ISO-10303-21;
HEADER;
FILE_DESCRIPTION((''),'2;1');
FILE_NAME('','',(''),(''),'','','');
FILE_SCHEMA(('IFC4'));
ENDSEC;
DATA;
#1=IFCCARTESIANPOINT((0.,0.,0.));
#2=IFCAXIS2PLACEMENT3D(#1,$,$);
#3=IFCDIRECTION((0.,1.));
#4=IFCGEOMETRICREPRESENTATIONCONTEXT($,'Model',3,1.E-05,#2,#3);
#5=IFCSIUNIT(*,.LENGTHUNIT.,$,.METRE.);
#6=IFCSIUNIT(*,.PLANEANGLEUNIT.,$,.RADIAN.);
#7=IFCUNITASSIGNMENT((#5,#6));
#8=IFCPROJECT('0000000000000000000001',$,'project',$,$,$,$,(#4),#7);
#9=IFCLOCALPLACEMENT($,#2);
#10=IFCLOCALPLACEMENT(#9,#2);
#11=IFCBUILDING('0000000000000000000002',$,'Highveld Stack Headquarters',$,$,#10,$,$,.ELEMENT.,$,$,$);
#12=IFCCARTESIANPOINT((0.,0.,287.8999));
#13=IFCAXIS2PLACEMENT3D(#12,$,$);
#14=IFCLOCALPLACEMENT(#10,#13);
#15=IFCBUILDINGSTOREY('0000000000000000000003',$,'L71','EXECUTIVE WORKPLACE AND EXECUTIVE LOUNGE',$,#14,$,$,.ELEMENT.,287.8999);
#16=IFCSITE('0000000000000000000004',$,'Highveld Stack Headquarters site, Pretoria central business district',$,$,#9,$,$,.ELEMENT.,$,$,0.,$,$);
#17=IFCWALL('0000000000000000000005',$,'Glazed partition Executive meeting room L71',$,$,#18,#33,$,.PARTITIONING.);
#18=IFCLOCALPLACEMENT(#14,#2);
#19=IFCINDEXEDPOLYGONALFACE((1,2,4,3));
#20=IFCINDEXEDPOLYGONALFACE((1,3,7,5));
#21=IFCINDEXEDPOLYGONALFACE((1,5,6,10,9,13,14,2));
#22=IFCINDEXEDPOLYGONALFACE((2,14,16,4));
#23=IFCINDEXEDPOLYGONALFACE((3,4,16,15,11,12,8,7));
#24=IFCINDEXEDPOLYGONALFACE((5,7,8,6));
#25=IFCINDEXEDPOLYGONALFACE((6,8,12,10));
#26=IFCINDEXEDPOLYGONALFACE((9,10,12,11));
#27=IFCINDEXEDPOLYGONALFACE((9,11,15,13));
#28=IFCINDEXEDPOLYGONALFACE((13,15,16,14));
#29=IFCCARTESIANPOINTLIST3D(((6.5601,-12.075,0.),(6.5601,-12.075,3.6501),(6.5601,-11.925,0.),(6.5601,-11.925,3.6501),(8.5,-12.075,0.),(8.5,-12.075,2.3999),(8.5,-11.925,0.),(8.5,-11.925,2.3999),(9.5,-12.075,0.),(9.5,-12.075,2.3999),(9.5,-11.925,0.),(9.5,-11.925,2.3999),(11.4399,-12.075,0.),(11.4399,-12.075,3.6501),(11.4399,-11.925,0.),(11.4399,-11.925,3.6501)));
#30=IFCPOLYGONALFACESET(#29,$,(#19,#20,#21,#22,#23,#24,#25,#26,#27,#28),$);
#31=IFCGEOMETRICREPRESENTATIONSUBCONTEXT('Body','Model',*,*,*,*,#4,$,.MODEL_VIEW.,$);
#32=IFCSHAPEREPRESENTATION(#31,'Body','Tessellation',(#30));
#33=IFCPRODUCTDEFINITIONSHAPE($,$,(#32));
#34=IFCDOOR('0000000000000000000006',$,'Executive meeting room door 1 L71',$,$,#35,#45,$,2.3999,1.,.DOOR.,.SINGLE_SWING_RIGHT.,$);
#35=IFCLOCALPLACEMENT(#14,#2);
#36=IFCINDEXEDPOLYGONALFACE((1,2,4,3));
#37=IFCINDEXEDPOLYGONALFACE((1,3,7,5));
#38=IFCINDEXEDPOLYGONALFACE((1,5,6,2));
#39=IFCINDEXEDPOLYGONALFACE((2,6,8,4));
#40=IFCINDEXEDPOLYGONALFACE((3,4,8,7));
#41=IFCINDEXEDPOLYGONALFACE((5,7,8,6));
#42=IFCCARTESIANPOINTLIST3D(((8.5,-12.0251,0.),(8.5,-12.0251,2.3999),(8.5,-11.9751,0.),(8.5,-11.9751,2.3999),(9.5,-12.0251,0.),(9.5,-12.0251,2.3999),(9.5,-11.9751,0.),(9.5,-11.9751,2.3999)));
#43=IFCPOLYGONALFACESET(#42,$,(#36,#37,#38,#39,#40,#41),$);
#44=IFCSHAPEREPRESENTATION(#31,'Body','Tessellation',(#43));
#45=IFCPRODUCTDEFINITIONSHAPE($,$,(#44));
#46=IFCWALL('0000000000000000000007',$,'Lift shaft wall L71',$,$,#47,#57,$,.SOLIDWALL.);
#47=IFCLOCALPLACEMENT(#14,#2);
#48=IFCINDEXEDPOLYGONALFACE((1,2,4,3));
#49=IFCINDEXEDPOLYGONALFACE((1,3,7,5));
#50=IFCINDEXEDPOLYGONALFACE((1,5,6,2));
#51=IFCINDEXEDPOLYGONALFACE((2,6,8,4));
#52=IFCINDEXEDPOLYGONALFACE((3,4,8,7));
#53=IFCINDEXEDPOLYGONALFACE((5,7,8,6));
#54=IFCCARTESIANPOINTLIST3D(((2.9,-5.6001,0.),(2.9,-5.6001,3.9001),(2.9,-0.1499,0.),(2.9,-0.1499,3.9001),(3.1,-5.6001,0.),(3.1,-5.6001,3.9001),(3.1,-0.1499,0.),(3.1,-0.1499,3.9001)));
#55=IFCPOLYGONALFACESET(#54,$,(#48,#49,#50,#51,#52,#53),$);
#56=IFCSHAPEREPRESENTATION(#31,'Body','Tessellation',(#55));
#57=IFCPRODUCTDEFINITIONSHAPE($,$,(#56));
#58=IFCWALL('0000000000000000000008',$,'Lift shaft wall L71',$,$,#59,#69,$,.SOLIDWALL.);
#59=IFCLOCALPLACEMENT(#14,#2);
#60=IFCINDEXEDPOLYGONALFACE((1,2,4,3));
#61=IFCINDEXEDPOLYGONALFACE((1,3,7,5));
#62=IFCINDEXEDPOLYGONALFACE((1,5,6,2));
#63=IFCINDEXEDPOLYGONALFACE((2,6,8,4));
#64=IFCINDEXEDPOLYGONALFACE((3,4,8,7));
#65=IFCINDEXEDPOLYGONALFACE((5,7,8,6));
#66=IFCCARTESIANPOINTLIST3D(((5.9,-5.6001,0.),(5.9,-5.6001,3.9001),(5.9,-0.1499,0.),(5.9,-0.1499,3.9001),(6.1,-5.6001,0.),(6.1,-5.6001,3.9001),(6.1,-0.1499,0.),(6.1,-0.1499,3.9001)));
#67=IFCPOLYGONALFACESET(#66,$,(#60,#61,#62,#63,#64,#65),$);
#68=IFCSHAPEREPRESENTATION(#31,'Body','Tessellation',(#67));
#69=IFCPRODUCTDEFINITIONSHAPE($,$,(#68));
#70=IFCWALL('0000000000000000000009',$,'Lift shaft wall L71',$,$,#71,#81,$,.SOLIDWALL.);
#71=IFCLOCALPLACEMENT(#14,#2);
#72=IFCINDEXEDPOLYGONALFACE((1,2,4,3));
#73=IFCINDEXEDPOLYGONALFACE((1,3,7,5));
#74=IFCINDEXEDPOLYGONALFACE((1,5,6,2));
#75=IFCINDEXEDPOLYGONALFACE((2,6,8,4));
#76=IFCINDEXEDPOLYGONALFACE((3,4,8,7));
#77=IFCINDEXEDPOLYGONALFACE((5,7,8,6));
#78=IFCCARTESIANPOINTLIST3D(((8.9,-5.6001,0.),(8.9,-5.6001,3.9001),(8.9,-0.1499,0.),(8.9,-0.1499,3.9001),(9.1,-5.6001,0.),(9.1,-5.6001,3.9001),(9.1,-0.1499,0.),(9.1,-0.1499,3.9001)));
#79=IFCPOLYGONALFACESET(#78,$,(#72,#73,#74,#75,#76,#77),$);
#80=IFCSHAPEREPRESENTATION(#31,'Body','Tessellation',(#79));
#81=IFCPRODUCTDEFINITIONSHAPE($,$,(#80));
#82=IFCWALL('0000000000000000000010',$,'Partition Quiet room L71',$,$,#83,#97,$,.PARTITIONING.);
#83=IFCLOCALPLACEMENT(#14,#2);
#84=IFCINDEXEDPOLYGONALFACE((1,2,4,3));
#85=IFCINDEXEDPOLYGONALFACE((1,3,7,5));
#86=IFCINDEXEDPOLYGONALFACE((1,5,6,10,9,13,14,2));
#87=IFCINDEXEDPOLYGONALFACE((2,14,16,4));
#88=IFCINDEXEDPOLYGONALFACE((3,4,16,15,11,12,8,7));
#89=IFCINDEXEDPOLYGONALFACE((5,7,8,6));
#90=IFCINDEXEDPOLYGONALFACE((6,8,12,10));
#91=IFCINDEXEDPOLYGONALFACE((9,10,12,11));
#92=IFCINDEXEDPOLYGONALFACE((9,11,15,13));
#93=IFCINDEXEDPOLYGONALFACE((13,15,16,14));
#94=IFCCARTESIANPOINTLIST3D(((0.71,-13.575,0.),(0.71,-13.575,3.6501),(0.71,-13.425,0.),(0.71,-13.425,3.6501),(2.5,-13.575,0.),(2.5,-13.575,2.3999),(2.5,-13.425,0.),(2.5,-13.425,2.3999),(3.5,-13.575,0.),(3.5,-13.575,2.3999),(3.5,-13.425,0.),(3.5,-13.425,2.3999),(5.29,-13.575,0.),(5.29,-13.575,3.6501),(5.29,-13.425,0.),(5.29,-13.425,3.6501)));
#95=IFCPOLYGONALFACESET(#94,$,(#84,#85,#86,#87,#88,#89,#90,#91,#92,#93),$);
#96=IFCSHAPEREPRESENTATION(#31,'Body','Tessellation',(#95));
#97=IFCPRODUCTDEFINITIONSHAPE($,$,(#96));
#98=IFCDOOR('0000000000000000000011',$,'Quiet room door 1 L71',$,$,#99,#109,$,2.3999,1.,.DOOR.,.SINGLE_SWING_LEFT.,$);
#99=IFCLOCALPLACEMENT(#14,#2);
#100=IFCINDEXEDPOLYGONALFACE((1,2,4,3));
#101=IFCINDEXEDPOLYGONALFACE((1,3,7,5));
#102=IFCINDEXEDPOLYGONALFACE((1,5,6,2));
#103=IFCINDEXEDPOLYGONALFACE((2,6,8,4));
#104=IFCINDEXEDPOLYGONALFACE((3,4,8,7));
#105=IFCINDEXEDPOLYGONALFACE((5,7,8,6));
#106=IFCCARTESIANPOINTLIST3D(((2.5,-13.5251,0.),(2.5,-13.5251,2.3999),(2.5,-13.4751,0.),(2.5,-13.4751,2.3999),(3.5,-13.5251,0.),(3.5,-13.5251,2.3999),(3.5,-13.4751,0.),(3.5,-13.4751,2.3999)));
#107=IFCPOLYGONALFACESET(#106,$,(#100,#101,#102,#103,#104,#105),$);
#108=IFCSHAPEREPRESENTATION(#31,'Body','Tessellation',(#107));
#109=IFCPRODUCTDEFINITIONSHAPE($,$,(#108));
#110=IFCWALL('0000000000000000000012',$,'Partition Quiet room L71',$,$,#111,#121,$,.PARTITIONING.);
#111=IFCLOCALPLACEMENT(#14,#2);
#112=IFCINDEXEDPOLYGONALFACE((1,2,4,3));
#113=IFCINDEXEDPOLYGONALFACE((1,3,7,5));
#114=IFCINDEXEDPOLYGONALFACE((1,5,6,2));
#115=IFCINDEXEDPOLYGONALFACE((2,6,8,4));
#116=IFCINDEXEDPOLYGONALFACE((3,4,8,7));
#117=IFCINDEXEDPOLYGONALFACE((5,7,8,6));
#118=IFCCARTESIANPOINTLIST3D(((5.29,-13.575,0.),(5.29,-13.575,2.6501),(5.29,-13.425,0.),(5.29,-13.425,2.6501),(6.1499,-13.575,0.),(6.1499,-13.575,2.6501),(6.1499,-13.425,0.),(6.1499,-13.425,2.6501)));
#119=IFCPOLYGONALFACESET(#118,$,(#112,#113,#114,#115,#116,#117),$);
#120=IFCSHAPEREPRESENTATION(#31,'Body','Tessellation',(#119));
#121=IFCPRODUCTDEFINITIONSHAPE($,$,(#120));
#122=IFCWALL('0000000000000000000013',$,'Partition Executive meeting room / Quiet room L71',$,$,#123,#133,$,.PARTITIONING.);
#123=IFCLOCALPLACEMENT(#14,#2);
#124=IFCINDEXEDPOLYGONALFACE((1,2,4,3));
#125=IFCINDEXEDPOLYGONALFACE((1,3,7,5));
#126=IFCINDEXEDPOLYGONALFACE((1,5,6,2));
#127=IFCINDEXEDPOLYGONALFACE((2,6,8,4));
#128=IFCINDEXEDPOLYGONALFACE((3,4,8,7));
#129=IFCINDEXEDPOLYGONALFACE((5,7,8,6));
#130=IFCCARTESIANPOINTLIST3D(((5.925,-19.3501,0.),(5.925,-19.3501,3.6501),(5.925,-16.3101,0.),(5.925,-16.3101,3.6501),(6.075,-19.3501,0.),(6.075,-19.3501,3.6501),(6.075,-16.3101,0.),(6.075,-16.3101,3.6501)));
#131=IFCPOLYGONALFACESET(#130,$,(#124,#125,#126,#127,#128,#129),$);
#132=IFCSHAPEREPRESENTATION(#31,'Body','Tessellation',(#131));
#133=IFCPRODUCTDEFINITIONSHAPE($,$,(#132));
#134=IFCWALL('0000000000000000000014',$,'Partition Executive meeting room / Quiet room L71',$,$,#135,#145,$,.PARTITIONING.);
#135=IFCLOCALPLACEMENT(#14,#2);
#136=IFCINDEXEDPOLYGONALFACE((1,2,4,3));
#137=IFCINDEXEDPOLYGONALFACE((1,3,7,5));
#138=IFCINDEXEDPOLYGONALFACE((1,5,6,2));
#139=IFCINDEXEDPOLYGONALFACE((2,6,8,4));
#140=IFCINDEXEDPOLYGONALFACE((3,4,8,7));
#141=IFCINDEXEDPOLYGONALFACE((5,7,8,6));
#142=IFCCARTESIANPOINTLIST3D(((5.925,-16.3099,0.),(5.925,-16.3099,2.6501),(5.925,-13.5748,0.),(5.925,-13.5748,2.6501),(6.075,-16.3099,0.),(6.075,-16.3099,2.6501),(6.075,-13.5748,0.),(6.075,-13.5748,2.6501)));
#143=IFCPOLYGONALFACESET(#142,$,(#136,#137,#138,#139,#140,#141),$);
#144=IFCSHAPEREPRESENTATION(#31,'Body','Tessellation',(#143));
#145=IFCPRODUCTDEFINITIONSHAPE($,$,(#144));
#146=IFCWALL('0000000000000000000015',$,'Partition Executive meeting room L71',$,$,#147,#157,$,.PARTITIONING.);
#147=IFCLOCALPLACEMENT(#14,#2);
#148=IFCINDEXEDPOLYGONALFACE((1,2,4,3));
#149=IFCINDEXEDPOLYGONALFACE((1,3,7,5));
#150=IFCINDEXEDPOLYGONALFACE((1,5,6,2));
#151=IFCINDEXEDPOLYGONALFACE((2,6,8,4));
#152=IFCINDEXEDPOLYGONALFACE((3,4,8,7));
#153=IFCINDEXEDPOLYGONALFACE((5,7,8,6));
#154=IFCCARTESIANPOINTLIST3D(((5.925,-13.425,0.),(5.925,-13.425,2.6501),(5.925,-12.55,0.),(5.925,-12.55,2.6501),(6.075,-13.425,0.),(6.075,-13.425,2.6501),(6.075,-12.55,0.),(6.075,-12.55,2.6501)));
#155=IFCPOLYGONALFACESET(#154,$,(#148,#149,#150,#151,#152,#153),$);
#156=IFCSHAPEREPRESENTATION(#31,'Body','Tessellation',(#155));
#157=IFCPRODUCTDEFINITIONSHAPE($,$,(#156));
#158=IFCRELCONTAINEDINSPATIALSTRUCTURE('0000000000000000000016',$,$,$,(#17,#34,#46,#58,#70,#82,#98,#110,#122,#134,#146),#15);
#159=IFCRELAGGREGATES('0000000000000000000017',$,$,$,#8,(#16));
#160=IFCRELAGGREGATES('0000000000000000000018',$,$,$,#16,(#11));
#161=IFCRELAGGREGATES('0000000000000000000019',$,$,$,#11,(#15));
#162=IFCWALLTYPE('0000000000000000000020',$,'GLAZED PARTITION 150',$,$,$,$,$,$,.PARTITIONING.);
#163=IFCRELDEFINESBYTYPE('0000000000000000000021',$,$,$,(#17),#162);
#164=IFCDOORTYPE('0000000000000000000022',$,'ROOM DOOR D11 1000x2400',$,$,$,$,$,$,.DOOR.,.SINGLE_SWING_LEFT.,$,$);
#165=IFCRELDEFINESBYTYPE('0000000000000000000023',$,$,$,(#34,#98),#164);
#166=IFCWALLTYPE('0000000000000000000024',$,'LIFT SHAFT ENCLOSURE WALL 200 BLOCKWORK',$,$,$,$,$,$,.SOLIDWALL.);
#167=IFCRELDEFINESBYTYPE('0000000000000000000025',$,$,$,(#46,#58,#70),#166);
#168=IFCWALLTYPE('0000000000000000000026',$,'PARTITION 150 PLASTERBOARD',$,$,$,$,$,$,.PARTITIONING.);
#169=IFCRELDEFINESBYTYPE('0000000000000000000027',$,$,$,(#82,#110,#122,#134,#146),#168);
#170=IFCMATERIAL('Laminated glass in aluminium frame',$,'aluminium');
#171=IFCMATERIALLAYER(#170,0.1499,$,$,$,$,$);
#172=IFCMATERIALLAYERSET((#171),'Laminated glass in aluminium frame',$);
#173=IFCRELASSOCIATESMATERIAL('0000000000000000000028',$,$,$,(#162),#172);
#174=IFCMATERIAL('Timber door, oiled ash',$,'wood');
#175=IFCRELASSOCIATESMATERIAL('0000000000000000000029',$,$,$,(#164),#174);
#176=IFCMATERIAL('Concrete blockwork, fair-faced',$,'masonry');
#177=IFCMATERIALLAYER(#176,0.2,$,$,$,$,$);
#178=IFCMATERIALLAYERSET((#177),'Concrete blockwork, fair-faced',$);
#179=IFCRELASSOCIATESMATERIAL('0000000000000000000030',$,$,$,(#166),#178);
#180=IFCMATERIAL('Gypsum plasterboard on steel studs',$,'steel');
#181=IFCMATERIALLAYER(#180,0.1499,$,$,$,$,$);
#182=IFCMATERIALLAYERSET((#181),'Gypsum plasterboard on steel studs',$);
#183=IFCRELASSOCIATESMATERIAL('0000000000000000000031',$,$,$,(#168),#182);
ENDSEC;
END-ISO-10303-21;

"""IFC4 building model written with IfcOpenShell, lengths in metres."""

from ifc_helpers import new_model, si_unit, direction, frame, frame_2d, origin, place, context, subcontext, project, spatial, rectangle, extrude, material, layer, layer_set, type_object, element, fill, save


model = new_model("IFC4")

# Units and contexts
model_context = context("Model", 3, precision=1e-05, world=origin(), true_north=direction((0.0, 1.0)))
body_context = subcontext(model_context, "Body", "Model", "MODEL_VIEW")
ifc_project = project(units=[si_unit("LENGTHUNIT", "METRE"), si_unit("PLANEANGLEUNIT", "RADIAN")], contexts=[model_context])

# Site, building, storey
site_placement = place(None, origin())
site = spatial("IfcSite", under=ifc_project, at=site_placement, Name="Highveld Stack Headquarters site, Pretoria central business district", CompositionType="ELEMENT", RefElevation=0.0)
building_placement = place(site_placement, origin())
building = spatial("IfcBuilding", under=site, at=building_placement, Name="Highveld Stack Headquarters", CompositionType="ELEMENT")
storey_placement = place(building_placement, frame((0.0, 0.0, 287.8999)))
storey = spatial("IfcBuildingStorey", under=building, at=storey_placement, Name="L71", Description="EXECUTIVE WORKPLACE AND EXECUTIVE LOUNGE", CompositionType="ELEMENT", Elevation=287.8999)

# Wall, opening, door
ifc_material_1 = material(Name="Laminated glass in aluminium frame", Category="aluminium")
ifc_layer_1 = layer(ifc_material_1, 0.1499)
ifc_layer_set_1 = layer_set([ifc_layer_1], Name="Laminated glass in aluminium frame")
wall_type_1 = type_object("IfcWallType", Name="GLAZED PARTITION 150", PredefinedType="PARTITIONING", material=ifc_layer_set_1)
wall_1_placement = place(storey_placement, frame((6.5601, -12.0, 0.0), z_axis=(0.0, 0.0, 1.0), x_axis=(1.0, 0.0, 0.0)))
wall_1 = element("IfcWall", 1, at=wall_1_placement, inside=storey, type_object=wall_type_1, Name="Glazed partition Executive meeting room L71", PredefinedType="PARTITIONING", context=body_context, shape_type="SweptSolid", body=[
    extrude(rectangle(XDim=4.8799, YDim=0.1499, at=frame_2d((2.4399, 0.0))), origin(), (0.0, 0.0, 1.0), 3.6501),
])
opening_1_placement = place(wall_1_placement, frame((1.9399, 0.0, 0.0)))
opening_1 = element("IfcOpeningElement", 2, at=opening_1_placement, cuts=wall_1, PredefinedType="OPENING", context=body_context, shape_type="SweptSolid", body=[
    extrude(rectangle(XDim=1.0, YDim=2.3999, at=frame_2d((0.5, 1.2))), frame((0.0, 0.085, 0.0), z_axis=(0.0, -1.0, 0.0), x_axis=(1.0, 0.0, 0.0)), (0.0, 0.0, 1.0), 0.1699),
])
ifc_material_2 = material(Name="Timber door, oiled ash", Category="wood")
door_type = type_object("IfcDoorType", Name="ROOM DOOR D11 1000x2400", OperationType="SINGLE_SWING_LEFT", PredefinedType="DOOR", material=ifc_material_2)
door_1_placement = place(opening_1_placement, origin())
door_1 = element("IfcDoor", 3, at=door_1_placement, inside=storey, type_object=door_type, Name="Executive meeting room door 1 L71", OperationType="SINGLE_SWING_RIGHT", OverallHeight=2.3999, OverallWidth=1.0, PredefinedType="DOOR", context=body_context, shape_type="SweptSolid", body=[
    extrude(rectangle(XDim=1.0, YDim=2.3999, at=frame_2d((0.5, 1.2))), frame((0.0, 0.0249, 0.0), z_axis=(0.0, -1.0, 0.0), x_axis=(1.0, 0.0, 0.0)), (0.0, 0.0, 1.0), 0.05),
])
fill(opening_1, door_1)

# Walls
ifc_material_3 = material(Name="Concrete blockwork, fair-faced", Category="masonry")
ifc_layer_2 = layer(ifc_material_3, 0.2)
ifc_layer_set_2 = layer_set([ifc_layer_2], Name="Concrete blockwork, fair-faced")
wall_type_2 = type_object("IfcWallType", Name="LIFT SHAFT ENCLOSURE WALL 200 BLOCKWORK", PredefinedType="SOLIDWALL", material=ifc_layer_set_2)
for number, where, z_axis, x_axis, name in (
    (4, (3.0, -5.6001, 0.0), (0.0, 0.0, 1.0), (0.0, 1.0, 0.0), "Lift shaft wall L71"),
    (5, (6.0, -5.6001, 0.0), (0.0, 0.0, 1.0), (0.0, 1.0, 0.0), "Lift shaft wall L71"),
    (6, (9.0, -5.6001, 0.0), (0.0, 0.0, 1.0), (0.0, 1.0, 0.0), "Lift shaft wall L71"),
):
    element("IfcWall", number, at=place(storey_placement, frame(where, z_axis=z_axis, x_axis=x_axis)), inside=storey, type_object=wall_type_2, Name=name, PredefinedType="SOLIDWALL", context=body_context, shape_type="SweptSolid", body=[
        extrude(rectangle(XDim=5.4502, YDim=0.2, at=frame_2d((2.7251, 0.0))), origin(), (0.0, 0.0, 1.0), 3.9001),
    ])

# Wall, opening, door
ifc_material_4 = material(Name="Gypsum plasterboard on steel studs", Category="steel")
ifc_layer_3 = layer(ifc_material_4, 0.1499)
ifc_layer_set_3 = layer_set([ifc_layer_3], Name="Gypsum plasterboard on steel studs")
wall_type_3 = type_object("IfcWallType", Name="PARTITION 150 PLASTERBOARD", PredefinedType="PARTITIONING", material=ifc_layer_set_3)
wall_2_placement = place(storey_placement, frame((0.71, -13.5, 0.0), z_axis=(0.0, 0.0, 1.0), x_axis=(1.0, 0.0, 0.0)))
wall_2 = element("IfcWall", 7, at=wall_2_placement, inside=storey, type_object=wall_type_3, Name="Partition Quiet room L71", PredefinedType="PARTITIONING", context=body_context, shape_type="SweptSolid", body=[
    extrude(rectangle(XDim=4.5801, YDim=0.1499, at=frame_2d((2.29, 0.0))), origin(), (0.0, 0.0, 1.0), 3.6501),
])
opening_2_placement = place(wall_2_placement, frame((1.79, 0.0, 0.0)))
opening_2 = element("IfcOpeningElement", 8, at=opening_2_placement, cuts=wall_2, PredefinedType="OPENING", context=body_context, shape_type="SweptSolid", body=[
    extrude(rectangle(XDim=1.0, YDim=2.3999, at=frame_2d((0.5, 1.2))), frame((0.0, 0.085, 0.0), z_axis=(0.0, -1.0, 0.0), x_axis=(1.0, 0.0, 0.0)), (0.0, 0.0, 1.0), 0.1699),
])
door_2_placement = place(opening_2_placement, origin())
door_2 = element("IfcDoor", 9, at=door_2_placement, inside=storey, type_object=door_type, Name="Quiet room door 1 L71", OperationType="SINGLE_SWING_LEFT", OverallHeight=2.3999, OverallWidth=1.0, PredefinedType="DOOR", context=body_context, shape_type="SweptSolid", body=[
    extrude(rectangle(XDim=1.0, YDim=2.3999, at=frame_2d((0.5, 1.2))), frame((0.0, 0.0249, 0.0), z_axis=(0.0, -1.0, 0.0), x_axis=(1.0, 0.0, 0.0)), (0.0, 0.0, 1.0), 0.05),
])
fill(opening_2, door_2)

# Walls
wall_3_placement = place(storey_placement, frame((5.29, -13.5, 0.0), z_axis=(0.0, 0.0, 1.0), x_axis=(1.0, 0.0, 0.0)))
element("IfcWall", 10, at=wall_3_placement, inside=storey, type_object=wall_type_3, Name="Partition Quiet room L71", PredefinedType="PARTITIONING", context=body_context, shape_type="SweptSolid", body=[
    extrude(rectangle(XDim=0.8599, YDim=0.1499, at=frame_2d((0.4299, 0.0))), origin(), (0.0, 0.0, 1.0), 2.6501),
])
wall_4_placement = place(storey_placement, frame((6.0, -19.3501, 0.0), z_axis=(0.0, 0.0, 1.0), x_axis=(0.0, 1.0, 0.0)))
element("IfcWall", 11, at=wall_4_placement, inside=storey, type_object=wall_type_3, Name="Partition Executive meeting room / Quiet room L71", PredefinedType="PARTITIONING", context=body_context, shape_type="SweptSolid", body=[
    extrude(rectangle(XDim=3.04, YDim=0.1499, at=frame_2d((1.52, 0.0))), origin(), (0.0, 0.0, 1.0), 3.6501),
])
wall_5_placement = place(storey_placement, frame((6.0, -16.3101, 0.0), z_axis=(0.0, 0.0, 1.0), x_axis=(0.0, 1.0, 0.0)))
element("IfcWall", 12, at=wall_5_placement, inside=storey, type_object=wall_type_3, Name="Partition Executive meeting room / Quiet room L71", PredefinedType="PARTITIONING", context=body_context, shape_type="SweptSolid", body=[
    extrude(rectangle(XDim=2.7351, YDim=0.1499, at=frame_2d((1.3677, 0.0))), origin(), (0.0, 0.0, 1.0), 2.6501),
])
wall_6_placement = place(storey_placement, frame((6.0, -13.425, 0.0), z_axis=(0.0, 0.0, 1.0), x_axis=(0.0, 1.0, 0.0)))
element("IfcWall", 13, at=wall_6_placement, inside=storey, type_object=wall_type_3, Name="Partition Executive meeting room L71", PredefinedType="PARTITIONING", context=body_context, shape_type="SweptSolid", body=[
    extrude(rectangle(XDim=0.875, YDim=0.1499, at=frame_2d((0.4375, 0.0))), origin(), (0.0, 0.0, 1.0), 2.6501),
])

save(model, "model.ifc")
